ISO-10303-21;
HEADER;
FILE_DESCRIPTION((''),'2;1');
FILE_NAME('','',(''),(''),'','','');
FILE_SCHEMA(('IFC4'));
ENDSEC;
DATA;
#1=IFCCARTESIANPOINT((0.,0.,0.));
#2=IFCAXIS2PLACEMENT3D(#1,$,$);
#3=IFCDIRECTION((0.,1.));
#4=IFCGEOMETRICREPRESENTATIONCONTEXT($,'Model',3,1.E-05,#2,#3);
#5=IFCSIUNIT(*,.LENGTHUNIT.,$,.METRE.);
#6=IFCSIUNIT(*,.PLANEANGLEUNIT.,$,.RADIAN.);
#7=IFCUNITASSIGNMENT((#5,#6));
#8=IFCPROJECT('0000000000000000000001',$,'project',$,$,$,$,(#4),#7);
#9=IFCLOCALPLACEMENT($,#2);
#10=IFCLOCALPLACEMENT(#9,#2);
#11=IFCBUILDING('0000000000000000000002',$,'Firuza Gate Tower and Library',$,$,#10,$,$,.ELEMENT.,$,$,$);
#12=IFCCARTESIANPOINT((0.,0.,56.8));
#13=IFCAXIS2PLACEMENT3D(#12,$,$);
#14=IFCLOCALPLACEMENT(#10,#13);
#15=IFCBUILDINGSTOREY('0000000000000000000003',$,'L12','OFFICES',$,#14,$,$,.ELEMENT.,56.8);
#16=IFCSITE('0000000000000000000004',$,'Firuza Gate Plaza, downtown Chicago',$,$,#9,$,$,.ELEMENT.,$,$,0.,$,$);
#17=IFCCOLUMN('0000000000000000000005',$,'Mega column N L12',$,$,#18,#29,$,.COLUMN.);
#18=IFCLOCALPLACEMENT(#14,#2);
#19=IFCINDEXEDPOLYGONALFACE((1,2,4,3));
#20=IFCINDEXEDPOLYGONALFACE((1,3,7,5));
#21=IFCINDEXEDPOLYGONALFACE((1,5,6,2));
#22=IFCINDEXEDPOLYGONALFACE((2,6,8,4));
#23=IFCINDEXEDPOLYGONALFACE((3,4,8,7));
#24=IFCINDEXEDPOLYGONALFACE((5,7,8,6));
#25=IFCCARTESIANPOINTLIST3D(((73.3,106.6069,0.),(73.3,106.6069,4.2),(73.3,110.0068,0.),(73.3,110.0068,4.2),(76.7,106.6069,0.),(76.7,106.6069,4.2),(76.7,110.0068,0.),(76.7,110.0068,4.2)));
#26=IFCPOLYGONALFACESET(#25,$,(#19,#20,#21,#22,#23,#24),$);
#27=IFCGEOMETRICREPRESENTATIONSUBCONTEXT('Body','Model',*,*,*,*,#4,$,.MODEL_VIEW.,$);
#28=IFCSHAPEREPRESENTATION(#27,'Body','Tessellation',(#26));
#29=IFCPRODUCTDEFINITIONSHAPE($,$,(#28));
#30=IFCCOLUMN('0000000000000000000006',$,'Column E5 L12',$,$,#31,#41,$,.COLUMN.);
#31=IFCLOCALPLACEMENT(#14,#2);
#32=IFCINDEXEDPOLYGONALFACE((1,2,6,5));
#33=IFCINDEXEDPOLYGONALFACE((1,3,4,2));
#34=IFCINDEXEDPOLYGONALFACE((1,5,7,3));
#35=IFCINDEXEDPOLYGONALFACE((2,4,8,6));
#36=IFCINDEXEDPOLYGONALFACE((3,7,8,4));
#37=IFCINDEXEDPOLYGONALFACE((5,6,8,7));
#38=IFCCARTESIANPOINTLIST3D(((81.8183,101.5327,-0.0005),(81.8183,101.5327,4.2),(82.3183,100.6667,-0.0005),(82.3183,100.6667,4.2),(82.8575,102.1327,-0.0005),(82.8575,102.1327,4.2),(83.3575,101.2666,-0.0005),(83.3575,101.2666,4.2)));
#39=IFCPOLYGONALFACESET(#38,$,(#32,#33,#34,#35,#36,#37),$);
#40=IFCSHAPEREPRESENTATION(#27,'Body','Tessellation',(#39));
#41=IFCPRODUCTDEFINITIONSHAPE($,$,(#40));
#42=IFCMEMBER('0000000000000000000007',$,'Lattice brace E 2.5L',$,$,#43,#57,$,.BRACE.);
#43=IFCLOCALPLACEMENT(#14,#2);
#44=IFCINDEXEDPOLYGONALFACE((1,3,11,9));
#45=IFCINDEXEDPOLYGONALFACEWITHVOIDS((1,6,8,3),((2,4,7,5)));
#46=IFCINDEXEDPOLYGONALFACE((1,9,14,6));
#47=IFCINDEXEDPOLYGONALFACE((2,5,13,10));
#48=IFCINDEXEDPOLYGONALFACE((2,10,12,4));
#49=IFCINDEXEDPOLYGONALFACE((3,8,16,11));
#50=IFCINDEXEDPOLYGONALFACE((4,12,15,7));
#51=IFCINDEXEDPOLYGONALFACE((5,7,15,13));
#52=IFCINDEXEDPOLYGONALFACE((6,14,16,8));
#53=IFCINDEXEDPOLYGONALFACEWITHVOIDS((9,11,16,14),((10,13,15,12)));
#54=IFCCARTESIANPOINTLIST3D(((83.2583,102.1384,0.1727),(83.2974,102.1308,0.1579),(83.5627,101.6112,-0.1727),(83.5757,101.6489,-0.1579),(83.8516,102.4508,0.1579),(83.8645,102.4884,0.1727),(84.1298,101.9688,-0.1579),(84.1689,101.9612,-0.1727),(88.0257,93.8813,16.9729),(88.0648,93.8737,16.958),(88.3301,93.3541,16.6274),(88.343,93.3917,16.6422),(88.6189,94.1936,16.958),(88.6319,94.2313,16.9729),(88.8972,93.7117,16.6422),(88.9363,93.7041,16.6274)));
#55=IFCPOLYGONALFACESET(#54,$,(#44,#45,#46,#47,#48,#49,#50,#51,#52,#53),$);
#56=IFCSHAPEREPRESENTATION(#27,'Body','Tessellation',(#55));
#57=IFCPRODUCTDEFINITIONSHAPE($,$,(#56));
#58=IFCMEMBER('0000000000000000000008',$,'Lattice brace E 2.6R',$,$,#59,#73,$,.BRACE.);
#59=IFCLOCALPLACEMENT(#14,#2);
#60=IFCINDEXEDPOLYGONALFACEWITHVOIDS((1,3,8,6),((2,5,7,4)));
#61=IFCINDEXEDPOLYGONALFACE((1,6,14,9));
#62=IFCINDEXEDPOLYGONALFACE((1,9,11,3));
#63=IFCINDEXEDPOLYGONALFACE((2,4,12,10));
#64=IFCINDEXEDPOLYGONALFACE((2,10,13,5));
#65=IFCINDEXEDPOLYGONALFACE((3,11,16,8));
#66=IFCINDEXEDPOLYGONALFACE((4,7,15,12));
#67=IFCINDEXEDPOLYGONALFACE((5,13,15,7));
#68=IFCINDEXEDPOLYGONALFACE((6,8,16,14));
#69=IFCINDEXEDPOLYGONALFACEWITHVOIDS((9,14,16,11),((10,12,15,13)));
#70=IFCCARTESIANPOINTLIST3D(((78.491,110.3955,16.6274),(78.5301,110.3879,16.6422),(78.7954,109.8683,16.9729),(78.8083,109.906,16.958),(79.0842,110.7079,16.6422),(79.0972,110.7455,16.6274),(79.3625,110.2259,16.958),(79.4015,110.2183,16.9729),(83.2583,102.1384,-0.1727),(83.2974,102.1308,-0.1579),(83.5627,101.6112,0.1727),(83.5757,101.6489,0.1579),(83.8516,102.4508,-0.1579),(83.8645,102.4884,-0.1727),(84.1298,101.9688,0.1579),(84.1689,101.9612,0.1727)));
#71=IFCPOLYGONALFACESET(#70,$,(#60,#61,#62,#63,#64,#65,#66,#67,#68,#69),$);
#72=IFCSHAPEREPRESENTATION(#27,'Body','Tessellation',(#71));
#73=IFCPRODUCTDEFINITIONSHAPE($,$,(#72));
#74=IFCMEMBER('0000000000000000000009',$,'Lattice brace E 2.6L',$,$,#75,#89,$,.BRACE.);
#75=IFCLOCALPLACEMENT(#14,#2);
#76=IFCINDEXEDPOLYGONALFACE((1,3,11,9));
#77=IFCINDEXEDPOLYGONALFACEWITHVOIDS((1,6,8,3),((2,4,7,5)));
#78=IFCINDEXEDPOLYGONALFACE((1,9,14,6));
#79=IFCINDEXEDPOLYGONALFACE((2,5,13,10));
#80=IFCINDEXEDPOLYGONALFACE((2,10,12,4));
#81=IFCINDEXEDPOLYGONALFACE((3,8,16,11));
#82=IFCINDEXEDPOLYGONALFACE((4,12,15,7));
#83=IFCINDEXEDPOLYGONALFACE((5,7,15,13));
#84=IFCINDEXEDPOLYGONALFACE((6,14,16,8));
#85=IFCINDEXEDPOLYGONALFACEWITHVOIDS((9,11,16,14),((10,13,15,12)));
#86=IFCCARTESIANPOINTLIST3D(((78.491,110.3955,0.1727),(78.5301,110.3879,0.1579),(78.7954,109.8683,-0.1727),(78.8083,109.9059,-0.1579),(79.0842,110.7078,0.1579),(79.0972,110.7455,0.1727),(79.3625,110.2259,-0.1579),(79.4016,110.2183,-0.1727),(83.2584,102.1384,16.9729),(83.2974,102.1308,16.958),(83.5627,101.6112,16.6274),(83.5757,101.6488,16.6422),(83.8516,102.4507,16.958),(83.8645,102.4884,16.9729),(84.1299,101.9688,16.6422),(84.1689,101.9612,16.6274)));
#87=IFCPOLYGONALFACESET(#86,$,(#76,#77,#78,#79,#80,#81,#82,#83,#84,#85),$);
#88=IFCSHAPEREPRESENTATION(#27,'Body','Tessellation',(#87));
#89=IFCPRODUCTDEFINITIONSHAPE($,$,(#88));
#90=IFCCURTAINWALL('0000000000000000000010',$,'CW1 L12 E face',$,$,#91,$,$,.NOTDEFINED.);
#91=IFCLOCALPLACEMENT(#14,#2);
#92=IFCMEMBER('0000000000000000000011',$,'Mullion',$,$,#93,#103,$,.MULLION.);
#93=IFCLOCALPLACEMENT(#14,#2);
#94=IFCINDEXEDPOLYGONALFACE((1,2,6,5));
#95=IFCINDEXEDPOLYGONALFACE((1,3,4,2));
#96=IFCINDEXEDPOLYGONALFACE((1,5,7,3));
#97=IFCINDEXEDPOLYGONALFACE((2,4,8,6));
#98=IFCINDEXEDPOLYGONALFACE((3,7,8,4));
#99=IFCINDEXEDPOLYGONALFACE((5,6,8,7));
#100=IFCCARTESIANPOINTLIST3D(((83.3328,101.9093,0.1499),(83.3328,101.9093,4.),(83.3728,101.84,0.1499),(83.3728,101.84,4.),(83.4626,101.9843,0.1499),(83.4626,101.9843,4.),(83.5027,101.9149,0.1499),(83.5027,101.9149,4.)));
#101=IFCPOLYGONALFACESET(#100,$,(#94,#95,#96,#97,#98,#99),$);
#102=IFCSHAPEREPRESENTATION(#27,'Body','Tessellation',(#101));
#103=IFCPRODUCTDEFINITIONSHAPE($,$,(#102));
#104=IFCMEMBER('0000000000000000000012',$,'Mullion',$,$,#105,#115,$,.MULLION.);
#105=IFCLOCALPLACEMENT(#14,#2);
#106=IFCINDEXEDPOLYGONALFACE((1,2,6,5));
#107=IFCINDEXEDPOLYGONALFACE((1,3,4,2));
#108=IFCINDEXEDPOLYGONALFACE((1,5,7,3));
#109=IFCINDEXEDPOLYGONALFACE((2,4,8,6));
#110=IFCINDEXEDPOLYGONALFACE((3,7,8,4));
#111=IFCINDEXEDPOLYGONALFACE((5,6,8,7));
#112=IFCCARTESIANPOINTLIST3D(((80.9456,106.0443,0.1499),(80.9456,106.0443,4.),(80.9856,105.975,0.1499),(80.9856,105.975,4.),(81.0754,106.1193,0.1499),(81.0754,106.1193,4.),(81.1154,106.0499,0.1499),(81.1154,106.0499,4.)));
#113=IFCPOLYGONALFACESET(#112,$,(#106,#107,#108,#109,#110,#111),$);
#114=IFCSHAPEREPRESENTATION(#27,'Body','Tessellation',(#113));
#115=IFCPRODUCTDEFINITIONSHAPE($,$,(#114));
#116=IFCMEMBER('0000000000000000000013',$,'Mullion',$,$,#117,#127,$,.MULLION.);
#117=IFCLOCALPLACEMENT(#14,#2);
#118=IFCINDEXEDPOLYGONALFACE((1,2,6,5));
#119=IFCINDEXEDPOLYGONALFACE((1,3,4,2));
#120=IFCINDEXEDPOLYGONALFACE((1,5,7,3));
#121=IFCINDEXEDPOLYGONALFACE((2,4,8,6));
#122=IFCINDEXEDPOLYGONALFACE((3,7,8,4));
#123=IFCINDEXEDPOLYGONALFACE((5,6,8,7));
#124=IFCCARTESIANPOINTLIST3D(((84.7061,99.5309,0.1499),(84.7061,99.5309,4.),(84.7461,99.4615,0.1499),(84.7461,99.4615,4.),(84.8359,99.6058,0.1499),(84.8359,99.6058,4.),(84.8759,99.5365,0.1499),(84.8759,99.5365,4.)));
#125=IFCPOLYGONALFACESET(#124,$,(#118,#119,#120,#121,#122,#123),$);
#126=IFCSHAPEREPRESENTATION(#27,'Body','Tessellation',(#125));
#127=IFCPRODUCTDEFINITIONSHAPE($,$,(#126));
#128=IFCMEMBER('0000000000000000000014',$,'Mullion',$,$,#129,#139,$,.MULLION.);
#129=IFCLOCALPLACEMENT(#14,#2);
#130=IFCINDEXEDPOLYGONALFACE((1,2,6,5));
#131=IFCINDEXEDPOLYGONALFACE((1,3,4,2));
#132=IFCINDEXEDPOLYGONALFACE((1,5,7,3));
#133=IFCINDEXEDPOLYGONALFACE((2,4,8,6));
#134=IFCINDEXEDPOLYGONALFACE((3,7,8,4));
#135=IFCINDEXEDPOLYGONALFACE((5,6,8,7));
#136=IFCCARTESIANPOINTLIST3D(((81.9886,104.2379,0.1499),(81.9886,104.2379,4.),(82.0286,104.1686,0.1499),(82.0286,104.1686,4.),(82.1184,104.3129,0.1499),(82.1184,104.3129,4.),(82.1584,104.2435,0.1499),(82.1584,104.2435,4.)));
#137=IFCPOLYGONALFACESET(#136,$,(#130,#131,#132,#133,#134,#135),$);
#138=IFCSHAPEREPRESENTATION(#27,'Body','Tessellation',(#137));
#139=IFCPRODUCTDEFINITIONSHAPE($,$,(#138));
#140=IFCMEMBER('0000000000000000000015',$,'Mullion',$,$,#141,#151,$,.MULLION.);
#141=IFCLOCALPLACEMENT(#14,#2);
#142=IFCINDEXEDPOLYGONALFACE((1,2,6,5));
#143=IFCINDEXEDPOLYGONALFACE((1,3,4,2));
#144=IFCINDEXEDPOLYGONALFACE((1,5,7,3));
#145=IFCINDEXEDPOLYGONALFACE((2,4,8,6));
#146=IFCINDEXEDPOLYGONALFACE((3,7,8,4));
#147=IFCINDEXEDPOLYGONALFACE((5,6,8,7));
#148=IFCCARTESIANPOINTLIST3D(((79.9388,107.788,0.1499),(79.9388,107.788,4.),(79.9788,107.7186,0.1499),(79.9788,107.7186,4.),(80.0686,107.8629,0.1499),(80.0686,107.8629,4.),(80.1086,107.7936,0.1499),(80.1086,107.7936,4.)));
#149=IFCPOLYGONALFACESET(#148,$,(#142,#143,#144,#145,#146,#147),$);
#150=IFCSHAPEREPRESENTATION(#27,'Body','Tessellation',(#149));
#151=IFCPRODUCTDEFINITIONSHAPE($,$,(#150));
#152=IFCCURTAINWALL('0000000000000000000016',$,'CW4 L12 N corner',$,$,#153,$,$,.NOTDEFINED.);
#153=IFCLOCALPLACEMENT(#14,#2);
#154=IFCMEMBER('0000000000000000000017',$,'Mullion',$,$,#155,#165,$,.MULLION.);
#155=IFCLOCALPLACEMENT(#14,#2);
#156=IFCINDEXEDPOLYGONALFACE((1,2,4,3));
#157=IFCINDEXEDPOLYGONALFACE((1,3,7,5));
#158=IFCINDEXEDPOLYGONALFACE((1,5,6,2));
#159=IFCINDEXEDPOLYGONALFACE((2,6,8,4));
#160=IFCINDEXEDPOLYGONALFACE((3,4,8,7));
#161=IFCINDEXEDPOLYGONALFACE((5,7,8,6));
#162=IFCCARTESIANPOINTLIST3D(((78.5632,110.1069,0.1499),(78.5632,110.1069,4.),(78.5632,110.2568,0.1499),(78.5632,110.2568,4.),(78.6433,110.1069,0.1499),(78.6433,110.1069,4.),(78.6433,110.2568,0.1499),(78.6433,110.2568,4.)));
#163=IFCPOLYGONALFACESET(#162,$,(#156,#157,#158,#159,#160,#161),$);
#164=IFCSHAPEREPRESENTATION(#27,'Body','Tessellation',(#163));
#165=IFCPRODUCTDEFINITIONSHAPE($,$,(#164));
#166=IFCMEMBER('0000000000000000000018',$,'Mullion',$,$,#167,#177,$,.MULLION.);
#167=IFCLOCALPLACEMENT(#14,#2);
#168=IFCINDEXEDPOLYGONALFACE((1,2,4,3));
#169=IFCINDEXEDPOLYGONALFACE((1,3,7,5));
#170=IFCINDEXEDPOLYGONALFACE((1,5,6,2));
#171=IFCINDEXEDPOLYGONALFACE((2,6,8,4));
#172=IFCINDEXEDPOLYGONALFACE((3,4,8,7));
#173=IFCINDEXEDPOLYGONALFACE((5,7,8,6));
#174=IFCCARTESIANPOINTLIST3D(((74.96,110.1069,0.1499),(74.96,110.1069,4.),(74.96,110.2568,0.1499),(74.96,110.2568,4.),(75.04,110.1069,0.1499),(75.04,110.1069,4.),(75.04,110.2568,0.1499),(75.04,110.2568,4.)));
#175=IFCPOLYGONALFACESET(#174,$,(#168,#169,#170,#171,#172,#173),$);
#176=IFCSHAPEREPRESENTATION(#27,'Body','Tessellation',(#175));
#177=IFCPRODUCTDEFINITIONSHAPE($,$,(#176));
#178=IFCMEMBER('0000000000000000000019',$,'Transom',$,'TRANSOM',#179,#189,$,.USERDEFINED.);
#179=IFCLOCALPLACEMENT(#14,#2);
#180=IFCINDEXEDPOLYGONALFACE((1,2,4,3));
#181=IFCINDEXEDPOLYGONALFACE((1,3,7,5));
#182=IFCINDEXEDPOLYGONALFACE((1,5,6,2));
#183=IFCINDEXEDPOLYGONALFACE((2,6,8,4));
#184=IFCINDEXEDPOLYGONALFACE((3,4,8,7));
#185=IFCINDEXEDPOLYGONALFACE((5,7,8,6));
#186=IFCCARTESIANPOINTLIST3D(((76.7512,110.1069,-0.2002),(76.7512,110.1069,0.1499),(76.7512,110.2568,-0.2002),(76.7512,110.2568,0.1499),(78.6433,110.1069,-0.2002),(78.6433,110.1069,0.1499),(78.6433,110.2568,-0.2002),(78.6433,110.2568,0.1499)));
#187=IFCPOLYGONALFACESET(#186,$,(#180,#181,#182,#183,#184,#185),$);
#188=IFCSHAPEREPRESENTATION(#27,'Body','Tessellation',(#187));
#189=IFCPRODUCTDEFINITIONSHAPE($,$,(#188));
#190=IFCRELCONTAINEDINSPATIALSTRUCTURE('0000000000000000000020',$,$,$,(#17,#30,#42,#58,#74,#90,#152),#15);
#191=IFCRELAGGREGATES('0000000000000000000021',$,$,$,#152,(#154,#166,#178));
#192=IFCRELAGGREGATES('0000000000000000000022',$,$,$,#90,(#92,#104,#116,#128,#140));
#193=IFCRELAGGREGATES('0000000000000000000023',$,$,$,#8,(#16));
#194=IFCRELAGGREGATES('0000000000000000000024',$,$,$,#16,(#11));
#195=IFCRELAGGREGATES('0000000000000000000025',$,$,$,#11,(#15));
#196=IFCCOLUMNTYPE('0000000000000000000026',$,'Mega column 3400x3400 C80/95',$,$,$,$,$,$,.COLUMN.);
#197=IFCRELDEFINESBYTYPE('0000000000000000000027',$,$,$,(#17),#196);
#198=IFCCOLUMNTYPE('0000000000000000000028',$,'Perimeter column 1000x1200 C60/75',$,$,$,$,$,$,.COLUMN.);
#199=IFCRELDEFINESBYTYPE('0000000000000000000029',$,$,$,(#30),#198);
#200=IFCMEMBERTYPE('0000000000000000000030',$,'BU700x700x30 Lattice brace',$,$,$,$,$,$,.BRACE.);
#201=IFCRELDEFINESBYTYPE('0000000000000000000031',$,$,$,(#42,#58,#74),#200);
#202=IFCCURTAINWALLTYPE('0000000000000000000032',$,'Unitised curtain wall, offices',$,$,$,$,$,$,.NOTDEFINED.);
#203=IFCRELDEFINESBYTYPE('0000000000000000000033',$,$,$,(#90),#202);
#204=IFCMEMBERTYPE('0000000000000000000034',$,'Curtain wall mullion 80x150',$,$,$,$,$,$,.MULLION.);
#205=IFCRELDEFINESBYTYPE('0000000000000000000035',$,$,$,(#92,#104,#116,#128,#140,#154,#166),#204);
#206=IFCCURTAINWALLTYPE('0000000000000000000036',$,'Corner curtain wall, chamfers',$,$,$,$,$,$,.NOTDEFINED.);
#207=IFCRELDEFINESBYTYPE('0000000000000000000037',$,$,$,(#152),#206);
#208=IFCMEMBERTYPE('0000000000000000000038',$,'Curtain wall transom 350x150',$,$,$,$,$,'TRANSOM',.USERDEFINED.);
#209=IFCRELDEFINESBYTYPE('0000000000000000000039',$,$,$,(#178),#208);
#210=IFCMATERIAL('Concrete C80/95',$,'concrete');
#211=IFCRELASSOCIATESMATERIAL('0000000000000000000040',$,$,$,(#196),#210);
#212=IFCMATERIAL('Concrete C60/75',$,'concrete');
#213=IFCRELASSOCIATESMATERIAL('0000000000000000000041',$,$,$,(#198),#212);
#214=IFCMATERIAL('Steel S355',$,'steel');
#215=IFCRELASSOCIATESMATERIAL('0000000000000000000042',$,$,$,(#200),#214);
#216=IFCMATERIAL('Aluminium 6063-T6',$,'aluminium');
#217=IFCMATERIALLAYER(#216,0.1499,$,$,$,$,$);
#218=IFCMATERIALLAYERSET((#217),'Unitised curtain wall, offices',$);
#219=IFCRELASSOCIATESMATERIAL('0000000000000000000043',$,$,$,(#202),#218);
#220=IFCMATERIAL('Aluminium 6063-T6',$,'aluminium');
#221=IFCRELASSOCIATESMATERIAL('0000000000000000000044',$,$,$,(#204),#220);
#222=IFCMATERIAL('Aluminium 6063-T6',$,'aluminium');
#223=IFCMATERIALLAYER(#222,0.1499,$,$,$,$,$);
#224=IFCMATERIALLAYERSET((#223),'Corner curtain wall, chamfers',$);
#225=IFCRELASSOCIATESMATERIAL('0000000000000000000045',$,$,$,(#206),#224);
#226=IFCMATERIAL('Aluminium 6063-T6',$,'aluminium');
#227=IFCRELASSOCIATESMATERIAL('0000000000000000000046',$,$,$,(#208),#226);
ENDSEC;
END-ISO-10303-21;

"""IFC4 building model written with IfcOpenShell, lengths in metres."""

from ifc_helpers import new_model, si_unit, direction, frame, origin, origin_2d, place, context, subcontext, project, spatial, rectangle, hollow_rectangle, extrude, material, layer, layer_set, material_profile, profile_set, type_object, element, aggregate, save


model = new_model("IFC4")

# Units and contexts
model_context = context("Model", 3, precision=1e-05, world=origin(), true_north=direction((0.0, 1.0)))
body_context = subcontext(model_context, "Body", "Model", "MODEL_VIEW")
ifc_project = project(units=[si_unit("LENGTHUNIT", "METRE"), si_unit("PLANEANGLEUNIT", "RADIAN")], contexts=[model_context])

# Site, building, storey
site_placement = place(None, origin())
site = spatial("IfcSite", under=ifc_project, at=site_placement, Name="Firuza Gate Plaza, downtown Chicago", CompositionType="ELEMENT", RefElevation=0.0)
building_placement = place(site_placement, origin())
building = spatial("IfcBuilding", under=site, at=building_placement, Name="Firuza Gate Tower and Library", CompositionType="ELEMENT")
storey_placement = place(building_placement, frame((0.0, 0.0, 56.8)))
storey = spatial("IfcBuildingStorey", under=building, at=storey_placement, Name="L12", Description="OFFICES", CompositionType="ELEMENT", Elevation=56.8)

# Columns
ifc_material_1 = material(Name="Concrete C80/95", Category="concrete")
ifc_material_profile_1 = material_profile(ifc_material_1, rectangle(XDim=3.3999, YDim=3.3999, at=origin_2d()))
ifc_profile_set_1 = profile_set([ifc_material_profile_1], Name="Concrete C80/95")
column_type_1 = type_object("IfcColumnType", Name="Mega column 3400x3400 C80/95", PredefinedType="COLUMN", material=ifc_profile_set_1)
column_1_placement = place(storey_placement, frame((75.0, 108.3069, 0.0), z_axis=(0.0, 0.0, 1.0), x_axis=(-1.0, 0.0, 0.0)))
element("IfcColumn", 1, at=column_1_placement, inside=storey, type_object=column_type_1, Name="Mega column N L12", PredefinedType="COLUMN", context=body_context, shape_type="SweptSolid", body=[
    extrude(rectangle(XDim=3.3999, YDim=3.3999, at=origin_2d()), origin(), (0.0, 0.0, 1.0), 4.2),
])
ifc_material_2 = material(Name="Concrete C60/75", Category="concrete")
ifc_material_profile_2 = material_profile(ifc_material_2, rectangle(XDim=1.0, YDim=1.2, at=origin_2d()))
ifc_profile_set_2 = profile_set([ifc_material_profile_2], Name="Concrete C60/75")
column_type_2 = type_object("IfcColumnType", Name="Perimeter column 1000x1200 C60/75", PredefinedType="COLUMN", material=ifc_profile_set_2)
column_2_placement = place(storey_placement, frame((82.5879, 101.3997, -0.0005), z_axis=(0.0, 0.0, 1.0), x_axis=(-0.5, 0.866025, 0.0)))
element("IfcColumn", 2, at=column_2_placement, inside=storey, type_object=column_type_2, Name="Column E5 L12", PredefinedType="COLUMN", context=body_context, shape_type="SweptSolid", body=[
    extrude(rectangle(XDim=1.0, YDim=1.2, at=origin_2d()), origin(), (0.0, 0.0, 1.0), 4.2004),
])

# Members
ifc_material_3 = material(Name="Steel S355", Category="steel")
ifc_material_profile_3 = material_profile(ifc_material_3, hollow_rectangle(XDim=0.7, YDim=0.7, WallThickness=0.03, at=origin_2d()))
ifc_profile_set_3 = profile_set([ifc_material_profile_3], Name="Steel S355")
member_type_1 = type_object("IfcMemberType", Name="BU700x700x30 Lattice brace", PredefinedType="BRACE", material=ifc_profile_set_3)
for number, where, z_axis, x_axis, name in (
    (3, (83.7136, 102.0498, 0.0), (0.246794, -0.42745, 0.8697), (0.866021, 0.500008, 0.0), "Lattice brace E 2.5L"),
    (4, (83.7136, 102.0498, 0.0), (-0.246794, 0.42745, 0.8697), (-0.866021, -0.500008, 0.0), "Lattice brace E 2.6R"),
    (5, (78.9463, 110.3069, 0.0), (0.246794, -0.42745, 0.8697), (0.866021, 0.500008, 0.0), "Lattice brace E 2.6L"),
):
    element("IfcMember", number, at=place(storey_placement, frame(where, z_axis=z_axis, x_axis=x_axis)), inside=storey, type_object=member_type_1, Name=name, PredefinedType="BRACE", context=body_context, shape_type="SweptSolid", body=[
        extrude(hollow_rectangle(XDim=0.7, YDim=0.7, WallThickness=0.03, at=origin_2d()), origin(), (0.0, 0.0, 1.0), 19.3171),
    ])

# Curtain walls, members
ifc_material_4 = material(Name="Aluminium 6063-T6", Category="aluminium")
ifc_layer_1 = layer(ifc_material_4, 0.1499)
ifc_layer_set_1 = layer_set([ifc_layer_1], Name="Unitised curtain wall, offices")
curtain_wall_type_1 = type_object("IfcCurtainWallType", Name="Unitised curtain wall, offices", PredefinedType="NOTDEFINED", material=ifc_layer_set_1)
placement = place(storey_placement, origin())
curtain_wall_1 = element("IfcCurtainWall", 6, at=placement, inside=storey, type_object=curtain_wall_type_1, Name="CW1 L12 E face", PredefinedType="NOTDEFINED")
ifc_material_5 = material(Name="Aluminium 6063-T6", Category="aluminium")
ifc_material_profile_4 = material_profile(ifc_material_5, rectangle(XDim=0.1499, YDim=0.0801, at=origin_2d()))
ifc_profile_set_4 = profile_set([ifc_material_profile_4], Name="Aluminium 6063-T6")
member_type_2 = type_object("IfcMemberType", Name="Curtain wall mullion 80x150", PredefinedType="MULLION", material=ifc_profile_set_4)
member_1_placement = place(storey_placement, frame((83.4177, 101.9121, 0.1499), z_axis=(0.0, 0.0, 1.0), x_axis=(-0.866025, -0.5, 0.0)))
member_1 = element("IfcMember", 7, at=member_1_placement, type_object=member_type_2, Name="Mullion", PredefinedType="MULLION", context=body_context, shape_type="SweptSolid", body=[
    extrude(rectangle(XDim=0.1499, YDim=0.0801, at=origin_2d()), origin(), (0.0, 0.0, 1.0), 3.8501),
])
member_2_placement = place(storey_placement, frame((81.0305, 106.0471, 0.1499), z_axis=(0.0, 0.0, 1.0), x_axis=(-0.866025, -0.5, 0.0)))
member_2 = element("IfcMember", 8, at=member_2_placement, type_object=member_type_2, Name="Mullion", PredefinedType="MULLION", context=body_context, shape_type="SweptSolid", body=[
    extrude(rectangle(XDim=0.1499, YDim=0.0801, at=origin_2d()), origin(), (0.0, 0.0, 1.0), 3.8501),
])
member_3_placement = place(storey_placement, frame((84.791, 99.5337, 0.1499), z_axis=(0.0, 0.0, 1.0), x_axis=(-0.866025, -0.5, 0.0)))
member_3 = element("IfcMember", 9, at=member_3_placement, type_object=member_type_2, Name="Mullion", PredefinedType="MULLION", context=body_context, shape_type="SweptSolid", body=[
    extrude(rectangle(XDim=0.1499, YDim=0.0801, at=origin_2d()), origin(), (0.0, 0.0, 1.0), 3.8501),
])
member_4_placement = place(storey_placement, frame((82.0735, 104.2407, 0.1499), z_axis=(0.0, 0.0, 1.0), x_axis=(-0.866025, -0.5, 0.0)))
member_4 = element("IfcMember", 10, at=member_4_placement, type_object=member_type_2, Name="Mullion", PredefinedType="MULLION", context=body_context, shape_type="SweptSolid", body=[
    extrude(rectangle(XDim=0.1499, YDim=0.0801, at=origin_2d()), origin(), (0.0, 0.0, 1.0), 3.8501),
])
member_5_placement = place(storey_placement, frame((80.0237, 107.7908, 0.1499), z_axis=(0.0, 0.0, 1.0), x_axis=(-0.866025, -0.5, 0.0)))
member_5 = element("IfcMember", 11, at=member_5_placement, type_object=member_type_2, Name="Mullion", PredefinedType="MULLION", context=body_context, shape_type="SweptSolid", body=[
    extrude(rectangle(XDim=0.1499, YDim=0.0801, at=origin_2d()), origin(), (0.0, 0.0, 1.0), 3.8501),
])
ifc_material_6 = material(Name="Aluminium 6063-T6", Category="aluminium")
ifc_layer_2 = layer(ifc_material_6, 0.1499)
ifc_layer_set_2 = layer_set([ifc_layer_2], Name="Corner curtain wall, chamfers")
curtain_wall_type_2 = type_object("IfcCurtainWallType", Name="Corner curtain wall, chamfers", PredefinedType="NOTDEFINED", material=ifc_layer_set_2)
curtain_wall_2 = element("IfcCurtainWall", 12, at=placement, inside=storey, type_object=curtain_wall_type_2, Name="CW4 L12 N corner", PredefinedType="NOTDEFINED")
member_6_placement = place(storey_placement, frame((78.6033, 110.1819, 0.1499), z_axis=(0.0, 0.0, 1.0), x_axis=(0.0, -1.0, 0.0)))
member_6 = element("IfcMember", 13, at=member_6_placement, type_object=member_type_2, Name="Mullion", PredefinedType="MULLION", context=body_context, shape_type="SweptSolid", body=[
    extrude(rectangle(XDim=0.1499, YDim=0.0801, at=origin_2d()), origin(), (0.0, 0.0, 1.0), 3.8501),
])
member_7_placement = place(storey_placement, frame((75.0, 110.1819, 0.1499), z_axis=(0.0, 0.0, 1.0), x_axis=(0.0, -1.0, 0.0)))
member_7 = element("IfcMember", 14, at=member_7_placement, type_object=member_type_2, Name="Mullion", PredefinedType="MULLION", context=body_context, shape_type="SweptSolid", body=[
    extrude(rectangle(XDim=0.1499, YDim=0.0801, at=origin_2d()), origin(), (0.0, 0.0, 1.0), 3.8501),
])
ifc_material_7 = material(Name="Aluminium 6063-T6", Category="aluminium")
ifc_material_profile_5 = material_profile(ifc_material_7, rectangle(XDim=0.1499, YDim=0.3501, at=origin_2d()))
ifc_profile_set_5 = profile_set([ifc_material_profile_5], Name="Aluminium 6063-T6")
member_type_3 = type_object("IfcMemberType", Name="Curtain wall transom 350x150", ElementType="TRANSOM", PredefinedType="USERDEFINED", material=ifc_profile_set_5)
member_8_placement = place(storey_placement, frame((78.6433, 110.1819, -0.0251), z_axis=(-1.0, 0.0, 0.0), x_axis=(0.0, -1.0, 0.0)))
member_8 = element("IfcMember", 15, at=member_8_placement, type_object=member_type_3, Name="Transom", ObjectType="TRANSOM", PredefinedType="USERDEFINED", context=body_context, shape_type="SweptSolid", body=[
    extrude(rectangle(XDim=0.1499, YDim=0.3501, at=origin_2d()), origin(), (0.0, 0.0, 1.0), 1.8921),
])

aggregate(curtain_wall_2, [member_6, member_7, member_8])
aggregate(curtain_wall_1, [member_1, member_2, member_3, member_4, member_5])

save(model, "model.ifc")
